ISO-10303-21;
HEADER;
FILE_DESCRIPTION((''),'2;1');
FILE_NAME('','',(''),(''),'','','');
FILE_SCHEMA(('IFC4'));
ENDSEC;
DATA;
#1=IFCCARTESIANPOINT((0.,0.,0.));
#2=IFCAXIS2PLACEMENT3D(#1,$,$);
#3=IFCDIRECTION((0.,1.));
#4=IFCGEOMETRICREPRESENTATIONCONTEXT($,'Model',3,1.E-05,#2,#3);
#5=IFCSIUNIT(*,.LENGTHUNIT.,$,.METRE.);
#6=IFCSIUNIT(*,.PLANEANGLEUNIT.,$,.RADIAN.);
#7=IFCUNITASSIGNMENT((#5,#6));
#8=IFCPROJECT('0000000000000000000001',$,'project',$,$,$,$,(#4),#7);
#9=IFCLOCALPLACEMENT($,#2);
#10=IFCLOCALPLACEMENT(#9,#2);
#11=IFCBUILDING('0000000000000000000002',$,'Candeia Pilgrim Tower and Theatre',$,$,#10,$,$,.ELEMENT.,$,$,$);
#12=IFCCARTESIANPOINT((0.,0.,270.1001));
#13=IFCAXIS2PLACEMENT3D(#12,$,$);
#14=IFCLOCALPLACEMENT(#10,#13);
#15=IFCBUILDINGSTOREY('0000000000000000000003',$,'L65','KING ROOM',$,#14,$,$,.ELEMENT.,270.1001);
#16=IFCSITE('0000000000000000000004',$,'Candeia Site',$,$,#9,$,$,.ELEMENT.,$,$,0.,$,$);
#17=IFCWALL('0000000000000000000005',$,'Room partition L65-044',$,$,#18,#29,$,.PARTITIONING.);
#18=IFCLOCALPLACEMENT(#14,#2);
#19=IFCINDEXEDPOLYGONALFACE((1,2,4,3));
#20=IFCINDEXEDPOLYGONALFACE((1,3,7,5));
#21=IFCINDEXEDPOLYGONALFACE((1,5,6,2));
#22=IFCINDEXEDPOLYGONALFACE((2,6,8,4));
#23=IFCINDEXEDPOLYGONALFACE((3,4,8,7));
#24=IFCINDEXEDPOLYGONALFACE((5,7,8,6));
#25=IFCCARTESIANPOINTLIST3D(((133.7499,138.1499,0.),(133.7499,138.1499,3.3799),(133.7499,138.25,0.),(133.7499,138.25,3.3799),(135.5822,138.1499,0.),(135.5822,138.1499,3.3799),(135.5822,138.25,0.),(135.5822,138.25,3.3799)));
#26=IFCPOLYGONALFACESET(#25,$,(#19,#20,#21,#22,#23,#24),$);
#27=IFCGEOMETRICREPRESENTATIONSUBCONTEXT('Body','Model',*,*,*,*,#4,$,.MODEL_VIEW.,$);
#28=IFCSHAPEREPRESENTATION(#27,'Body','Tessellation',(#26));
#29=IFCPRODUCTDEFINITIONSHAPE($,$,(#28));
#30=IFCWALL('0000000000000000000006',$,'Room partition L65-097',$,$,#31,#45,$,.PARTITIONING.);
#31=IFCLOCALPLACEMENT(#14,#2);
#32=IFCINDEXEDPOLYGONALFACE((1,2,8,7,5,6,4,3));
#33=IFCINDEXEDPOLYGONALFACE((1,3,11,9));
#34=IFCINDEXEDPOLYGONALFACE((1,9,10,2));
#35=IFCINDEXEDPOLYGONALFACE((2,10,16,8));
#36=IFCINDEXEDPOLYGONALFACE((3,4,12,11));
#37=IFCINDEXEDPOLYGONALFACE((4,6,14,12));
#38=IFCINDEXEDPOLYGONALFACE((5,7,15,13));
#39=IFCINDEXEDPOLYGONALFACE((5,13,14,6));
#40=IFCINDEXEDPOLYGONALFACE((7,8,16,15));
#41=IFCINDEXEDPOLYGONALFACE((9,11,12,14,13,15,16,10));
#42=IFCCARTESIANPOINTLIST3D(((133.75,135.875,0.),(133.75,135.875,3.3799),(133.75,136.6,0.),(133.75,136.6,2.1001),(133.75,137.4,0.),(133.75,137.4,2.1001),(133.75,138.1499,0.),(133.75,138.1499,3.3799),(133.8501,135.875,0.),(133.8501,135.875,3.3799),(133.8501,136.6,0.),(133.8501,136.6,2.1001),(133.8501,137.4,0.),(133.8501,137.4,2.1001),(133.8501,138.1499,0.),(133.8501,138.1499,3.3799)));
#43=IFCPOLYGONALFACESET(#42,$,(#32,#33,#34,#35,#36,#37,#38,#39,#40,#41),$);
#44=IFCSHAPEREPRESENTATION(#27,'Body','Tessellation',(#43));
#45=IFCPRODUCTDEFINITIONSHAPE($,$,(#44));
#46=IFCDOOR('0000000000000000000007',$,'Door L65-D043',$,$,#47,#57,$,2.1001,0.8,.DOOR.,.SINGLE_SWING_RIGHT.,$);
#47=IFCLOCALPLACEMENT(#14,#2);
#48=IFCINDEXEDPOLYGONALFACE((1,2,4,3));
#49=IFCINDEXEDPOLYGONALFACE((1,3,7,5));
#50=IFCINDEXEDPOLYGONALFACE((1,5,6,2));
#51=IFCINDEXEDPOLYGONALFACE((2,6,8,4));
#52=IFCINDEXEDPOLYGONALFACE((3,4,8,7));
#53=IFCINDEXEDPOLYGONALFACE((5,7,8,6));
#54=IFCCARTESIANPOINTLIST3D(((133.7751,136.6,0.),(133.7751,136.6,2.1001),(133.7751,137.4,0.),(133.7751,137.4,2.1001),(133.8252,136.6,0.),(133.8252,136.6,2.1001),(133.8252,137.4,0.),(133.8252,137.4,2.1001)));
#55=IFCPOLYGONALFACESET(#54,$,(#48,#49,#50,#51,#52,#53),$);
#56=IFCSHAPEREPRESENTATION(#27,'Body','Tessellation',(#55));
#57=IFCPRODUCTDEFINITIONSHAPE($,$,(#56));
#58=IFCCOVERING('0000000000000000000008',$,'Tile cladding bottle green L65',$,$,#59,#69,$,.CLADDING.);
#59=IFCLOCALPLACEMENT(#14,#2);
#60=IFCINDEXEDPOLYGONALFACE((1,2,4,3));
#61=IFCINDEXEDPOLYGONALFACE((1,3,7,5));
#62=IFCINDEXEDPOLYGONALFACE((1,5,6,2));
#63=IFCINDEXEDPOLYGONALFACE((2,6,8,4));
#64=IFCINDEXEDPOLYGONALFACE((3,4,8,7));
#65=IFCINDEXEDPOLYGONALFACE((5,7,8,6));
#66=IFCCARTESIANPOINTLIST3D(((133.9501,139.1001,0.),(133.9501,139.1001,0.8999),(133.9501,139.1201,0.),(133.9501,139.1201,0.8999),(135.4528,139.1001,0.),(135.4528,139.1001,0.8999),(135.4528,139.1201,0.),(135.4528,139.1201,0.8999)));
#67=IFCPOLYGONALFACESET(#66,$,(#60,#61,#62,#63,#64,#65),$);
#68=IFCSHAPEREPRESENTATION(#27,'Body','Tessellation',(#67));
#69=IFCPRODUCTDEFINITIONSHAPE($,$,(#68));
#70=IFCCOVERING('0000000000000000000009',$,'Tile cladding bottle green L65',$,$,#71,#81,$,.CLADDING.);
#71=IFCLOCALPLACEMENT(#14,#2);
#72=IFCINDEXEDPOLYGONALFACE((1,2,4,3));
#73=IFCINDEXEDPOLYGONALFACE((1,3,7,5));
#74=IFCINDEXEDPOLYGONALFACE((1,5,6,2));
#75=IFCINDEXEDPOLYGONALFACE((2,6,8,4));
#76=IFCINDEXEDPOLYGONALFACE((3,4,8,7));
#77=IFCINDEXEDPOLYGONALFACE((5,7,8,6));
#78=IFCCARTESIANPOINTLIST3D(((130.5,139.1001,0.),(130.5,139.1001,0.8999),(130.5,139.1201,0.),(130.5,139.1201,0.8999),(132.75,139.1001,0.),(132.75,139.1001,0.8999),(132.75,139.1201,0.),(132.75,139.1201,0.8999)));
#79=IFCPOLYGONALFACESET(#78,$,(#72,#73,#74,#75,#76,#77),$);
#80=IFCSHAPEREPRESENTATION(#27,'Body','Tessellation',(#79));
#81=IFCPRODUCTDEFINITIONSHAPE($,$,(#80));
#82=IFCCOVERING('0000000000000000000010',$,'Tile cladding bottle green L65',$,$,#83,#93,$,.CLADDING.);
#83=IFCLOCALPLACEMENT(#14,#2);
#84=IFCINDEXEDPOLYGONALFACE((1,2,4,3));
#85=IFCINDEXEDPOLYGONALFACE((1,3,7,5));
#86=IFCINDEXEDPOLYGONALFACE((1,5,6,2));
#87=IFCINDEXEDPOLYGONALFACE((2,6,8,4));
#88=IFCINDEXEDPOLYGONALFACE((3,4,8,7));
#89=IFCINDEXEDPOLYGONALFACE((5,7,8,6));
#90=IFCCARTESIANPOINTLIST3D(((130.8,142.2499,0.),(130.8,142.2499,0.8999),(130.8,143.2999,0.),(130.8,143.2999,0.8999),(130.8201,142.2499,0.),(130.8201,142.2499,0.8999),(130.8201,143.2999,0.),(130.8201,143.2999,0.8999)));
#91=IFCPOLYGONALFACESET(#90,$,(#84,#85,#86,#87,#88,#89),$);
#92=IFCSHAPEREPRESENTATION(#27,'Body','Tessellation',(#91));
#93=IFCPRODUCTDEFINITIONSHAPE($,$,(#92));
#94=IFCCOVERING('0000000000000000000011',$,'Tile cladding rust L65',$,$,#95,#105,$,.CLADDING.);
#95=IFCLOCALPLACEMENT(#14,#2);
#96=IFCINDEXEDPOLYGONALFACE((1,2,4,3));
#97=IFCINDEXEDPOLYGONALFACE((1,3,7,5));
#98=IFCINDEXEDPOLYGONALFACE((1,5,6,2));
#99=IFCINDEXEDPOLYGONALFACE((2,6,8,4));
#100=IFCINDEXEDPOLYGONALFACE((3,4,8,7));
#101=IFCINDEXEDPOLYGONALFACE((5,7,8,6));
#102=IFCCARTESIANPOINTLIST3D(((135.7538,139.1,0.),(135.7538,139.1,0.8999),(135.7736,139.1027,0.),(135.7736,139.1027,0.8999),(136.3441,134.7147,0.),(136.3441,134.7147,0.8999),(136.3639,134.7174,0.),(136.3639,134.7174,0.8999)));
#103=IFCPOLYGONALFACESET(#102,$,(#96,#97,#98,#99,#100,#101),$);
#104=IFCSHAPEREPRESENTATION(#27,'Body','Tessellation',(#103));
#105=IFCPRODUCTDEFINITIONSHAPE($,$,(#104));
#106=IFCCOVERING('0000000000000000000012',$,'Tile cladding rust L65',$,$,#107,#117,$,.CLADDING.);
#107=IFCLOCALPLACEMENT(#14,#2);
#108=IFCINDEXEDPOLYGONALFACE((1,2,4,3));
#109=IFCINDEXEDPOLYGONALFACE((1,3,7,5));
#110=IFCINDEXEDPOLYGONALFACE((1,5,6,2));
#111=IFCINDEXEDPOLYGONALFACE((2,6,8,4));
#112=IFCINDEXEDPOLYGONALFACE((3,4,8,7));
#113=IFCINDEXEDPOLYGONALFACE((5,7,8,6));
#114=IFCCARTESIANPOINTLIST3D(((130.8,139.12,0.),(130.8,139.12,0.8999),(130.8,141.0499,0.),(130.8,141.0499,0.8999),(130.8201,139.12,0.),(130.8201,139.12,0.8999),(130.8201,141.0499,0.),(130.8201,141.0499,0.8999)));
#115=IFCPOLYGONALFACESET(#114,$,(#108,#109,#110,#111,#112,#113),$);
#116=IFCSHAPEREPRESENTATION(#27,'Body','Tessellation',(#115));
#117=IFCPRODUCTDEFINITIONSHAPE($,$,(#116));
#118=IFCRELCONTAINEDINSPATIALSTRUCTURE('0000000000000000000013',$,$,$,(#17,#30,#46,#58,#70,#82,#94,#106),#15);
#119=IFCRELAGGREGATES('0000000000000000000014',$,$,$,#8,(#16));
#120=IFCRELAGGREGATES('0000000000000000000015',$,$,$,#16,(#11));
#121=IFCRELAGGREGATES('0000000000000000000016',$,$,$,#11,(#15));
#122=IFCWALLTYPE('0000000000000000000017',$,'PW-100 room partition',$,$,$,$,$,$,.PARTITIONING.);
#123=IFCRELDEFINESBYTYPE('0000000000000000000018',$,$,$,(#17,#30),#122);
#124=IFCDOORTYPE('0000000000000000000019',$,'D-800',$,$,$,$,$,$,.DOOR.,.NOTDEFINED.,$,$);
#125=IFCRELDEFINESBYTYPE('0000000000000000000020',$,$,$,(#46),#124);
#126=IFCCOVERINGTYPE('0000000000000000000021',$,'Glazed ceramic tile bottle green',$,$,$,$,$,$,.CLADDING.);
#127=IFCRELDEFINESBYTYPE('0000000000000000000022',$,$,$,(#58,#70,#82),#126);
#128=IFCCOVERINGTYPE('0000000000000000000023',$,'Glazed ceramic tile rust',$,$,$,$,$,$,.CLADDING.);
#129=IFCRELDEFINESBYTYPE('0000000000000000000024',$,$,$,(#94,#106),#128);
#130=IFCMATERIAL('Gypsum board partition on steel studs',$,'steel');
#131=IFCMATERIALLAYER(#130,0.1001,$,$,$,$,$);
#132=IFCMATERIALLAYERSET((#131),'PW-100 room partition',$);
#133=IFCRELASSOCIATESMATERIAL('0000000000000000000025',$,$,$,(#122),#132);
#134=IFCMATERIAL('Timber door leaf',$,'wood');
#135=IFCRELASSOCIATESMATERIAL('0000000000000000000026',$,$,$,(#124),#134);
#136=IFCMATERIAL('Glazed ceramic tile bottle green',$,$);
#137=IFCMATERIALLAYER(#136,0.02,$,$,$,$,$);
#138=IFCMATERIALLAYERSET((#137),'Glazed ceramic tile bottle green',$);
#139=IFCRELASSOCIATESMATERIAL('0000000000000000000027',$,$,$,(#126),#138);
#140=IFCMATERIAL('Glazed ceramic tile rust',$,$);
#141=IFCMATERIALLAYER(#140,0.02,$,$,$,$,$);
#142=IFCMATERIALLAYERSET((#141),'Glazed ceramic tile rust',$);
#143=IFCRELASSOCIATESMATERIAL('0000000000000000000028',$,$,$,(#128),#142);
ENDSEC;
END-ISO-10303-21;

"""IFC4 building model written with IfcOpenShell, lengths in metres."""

from ifc_helpers import new_model, si_unit, direction, frame, frame_2d, origin, origin_2d, place, context, subcontext, project, spatial, rectangle, extrude, material, layer, layer_set, type_object, element, fill, save


model = new_model("IFC4")

# Units and contexts
model_context = context("Model", 3, precision=1e-05, world=origin(), true_north=direction((0.0, 1.0)))
body_context = subcontext(model_context, "Body", "Model", "MODEL_VIEW")
ifc_project = project(units=[si_unit("LENGTHUNIT", "METRE"), si_unit("PLANEANGLEUNIT", "RADIAN")], contexts=[model_context])

# Site, building, storey
site_placement = place(None, origin())
site = spatial("IfcSite", under=ifc_project, at=site_placement, Name="Candeia Site", CompositionType="ELEMENT", RefElevation=0.0)
building_placement = place(site_placement, origin())
building = spatial("IfcBuilding", under=site, at=building_placement, Name="Candeia Pilgrim Tower and Theatre", CompositionType="ELEMENT")
storey_placement = place(building_placement, frame((0.0, 0.0, 270.1001)))
storey = spatial("IfcBuildingStorey", under=building, at=storey_placement, Name="L65", Description="KING ROOM", CompositionType="ELEMENT", Elevation=270.1001)

# Wall
ifc_material_1 = material(Name="Gypsum board partition on steel studs", Category="steel")
ifc_layer_1 = layer(ifc_material_1, 0.1001)
ifc_layer_set_1 = layer_set([ifc_layer_1], Name="PW-100 room partition")
wall_type_1 = type_object("IfcWallType", Name="PW-100 room partition", PredefinedType="PARTITIONING", material=ifc_layer_set_1)
wall_1_placement = place(storey_placement, frame((133.75, 138.2, 0.0), z_axis=(0.0, 0.0, 1.0), x_axis=(1.0, 0.0, 0.0)))
element("IfcWall", 1, at=wall_1_placement, inside=storey, type_object=wall_type_1, Name="Room partition L65-044", PredefinedType="PARTITIONING", context=body_context, shape_type="SweptSolid", body=[
    extrude(rectangle(XDim=1.8323, YDim=0.1001, at=frame_2d((0.916, 0.0))), origin(), (0.0, 0.0, 1.0), 3.3799),
])

# Wall, opening, door
wall_2_placement = place(storey_placement, frame((133.8, 135.875, 0.0), z_axis=(0.0, 0.0, 1.0), x_axis=(0.0, 1.0, 0.0)))
wall_2 = element("IfcWall", 2, at=wall_2_placement, inside=storey, type_object=wall_type_1, Name="Room partition L65-097", PredefinedType="PARTITIONING", context=body_context, shape_type="SweptSolid", body=[
    extrude(rectangle(XDim=2.2749, YDim=0.1001, at=frame_2d((1.1375, 0.0))), origin(), (0.0, 0.0, 1.0), 3.3799),
])
opening_1_placement = place(wall_2_placement, frame((0.7251, 0.0, 0.0)))
opening_1 = element("IfcOpeningElement", 3, at=opening_1_placement, cuts=wall_2, PredefinedType="OPENING", context=body_context, shape_type="SweptSolid", body=[
    extrude(rectangle(XDim=0.8, YDim=2.1001, at=frame_2d((0.3999, 1.05))), frame((0.0, 0.0601, 0.0), z_axis=(0.0, -1.0, 0.0), x_axis=(1.0, 0.0, 0.0)), (0.0, 0.0, 1.0), 0.1201),
])
ifc_material_2 = material(Name="Timber door leaf", Category="wood")
door_type_1 = type_object("IfcDoorType", Name="D-800", OperationType="NOTDEFINED", PredefinedType="DOOR", material=ifc_material_2)
door_1_placement = place(opening_1_placement, origin())
door_1 = element("IfcDoor", 4, at=door_1_placement, inside=storey, type_object=door_type_1, Name="Door L65-D043", OperationType="SINGLE_SWING_RIGHT", OverallHeight=2.1001, OverallWidth=0.8, PredefinedType="DOOR", context=body_context, shape_type="SweptSolid", body=[
    extrude(rectangle(XDim=0.8, YDim=2.1001, at=frame_2d((0.3999, 1.05))), frame((0.0, 0.0249, 0.0), z_axis=(0.0, -1.0, 0.0), x_axis=(1.0, 0.0, 0.0)), (0.0, 0.0, 1.0), 0.05),
])
fill(opening_1, door_1)

# Coverings
ifc_material_3 = material(Name="Glazed ceramic tile bottle green")
ifc_layer_2 = layer(ifc_material_3, 0.02)
ifc_layer_set_2 = layer_set([ifc_layer_2], Name="Glazed ceramic tile bottle green")
covering_type_1 = type_object("IfcCoveringType", Name="Glazed ceramic tile bottle green", PredefinedType="CLADDING", material=ifc_layer_set_2)
covering_1_placement = place(storey_placement, frame((134.7014, 139.1101, 0.0), z_axis=(0.0, 0.0, 1.0), x_axis=(-1.0, 0.0, 0.0)))
element("IfcCovering", 5, at=covering_1_placement, inside=storey, type_object=covering_type_1, Name="Tile cladding bottle green L65", PredefinedType="CLADDING", context=body_context, shape_type="SweptSolid", body=[
    extrude(rectangle(XDim=1.5027, YDim=0.02, at=origin_2d()), origin(), (0.0, 0.0, 1.0), 0.8999),
])
covering_2_placement = place(storey_placement, frame((131.625, 139.1101, 0.0), z_axis=(0.0, 0.0, 1.0), x_axis=(-1.0, 0.0, 0.0)))
element("IfcCovering", 6, at=covering_2_placement, inside=storey, type_object=covering_type_1, Name="Tile cladding bottle green L65", PredefinedType="CLADDING", context=body_context, shape_type="SweptSolid", body=[
    extrude(rectangle(XDim=2.25, YDim=0.02, at=origin_2d()), origin(), (0.0, 0.0, 1.0), 0.8999),
])
covering_3_placement = place(storey_placement, frame((130.8101, 142.7749, 0.0), z_axis=(0.0, 0.0, 1.0), x_axis=(0.0, 1.0, 0.0)))
element("IfcCovering", 7, at=covering_3_placement, inside=storey, type_object=covering_type_1, Name="Tile cladding bottle green L65", PredefinedType="CLADDING", context=body_context, shape_type="SweptSolid", body=[
    extrude(rectangle(XDim=1.05, YDim=0.02, at=origin_2d()), origin(), (0.0, 0.0, 1.0), 0.8999),
])
ifc_material_4 = material(Name="Glazed ceramic tile rust")
ifc_layer_3 = layer(ifc_material_4, 0.02)
ifc_layer_set_3 = layer_set([ifc_layer_3], Name="Glazed ceramic tile rust")
covering_type_2 = type_object("IfcCoveringType", Name="Glazed ceramic tile rust", PredefinedType="CLADDING", material=ifc_layer_set_3)
covering_4_placement = place(storey_placement, frame((136.0588, 136.9087, 0.0), z_axis=(0.0, 0.0, 1.0), x_axis=(-0.133412, 0.991061, 0.0)))
element("IfcCovering", 8, at=covering_4_placement, inside=storey, type_object=covering_type_2, Name="Tile cladding rust L65", PredefinedType="CLADDING", context=body_context, shape_type="SweptSolid", body=[
    extrude(rectangle(XDim=4.4248, YDim=0.02, at=origin_2d()), origin(), (0.0, 0.0, 1.0), 0.8999),
])
covering_5_placement = place(storey_placement, frame((130.8101, 140.085, 0.0), z_axis=(0.0, 0.0, 1.0), x_axis=(0.0, 1.0, 0.0)))
element("IfcCovering", 9, at=covering_5_placement, inside=storey, type_object=covering_type_2, Name="Tile cladding rust L65", PredefinedType="CLADDING", context=body_context, shape_type="SweptSolid", body=[
    extrude(rectangle(XDim=1.9299, YDim=0.02, at=origin_2d()), origin(), (0.0, 0.0, 1.0), 0.8999),
])

save(model, "model.ifc")
